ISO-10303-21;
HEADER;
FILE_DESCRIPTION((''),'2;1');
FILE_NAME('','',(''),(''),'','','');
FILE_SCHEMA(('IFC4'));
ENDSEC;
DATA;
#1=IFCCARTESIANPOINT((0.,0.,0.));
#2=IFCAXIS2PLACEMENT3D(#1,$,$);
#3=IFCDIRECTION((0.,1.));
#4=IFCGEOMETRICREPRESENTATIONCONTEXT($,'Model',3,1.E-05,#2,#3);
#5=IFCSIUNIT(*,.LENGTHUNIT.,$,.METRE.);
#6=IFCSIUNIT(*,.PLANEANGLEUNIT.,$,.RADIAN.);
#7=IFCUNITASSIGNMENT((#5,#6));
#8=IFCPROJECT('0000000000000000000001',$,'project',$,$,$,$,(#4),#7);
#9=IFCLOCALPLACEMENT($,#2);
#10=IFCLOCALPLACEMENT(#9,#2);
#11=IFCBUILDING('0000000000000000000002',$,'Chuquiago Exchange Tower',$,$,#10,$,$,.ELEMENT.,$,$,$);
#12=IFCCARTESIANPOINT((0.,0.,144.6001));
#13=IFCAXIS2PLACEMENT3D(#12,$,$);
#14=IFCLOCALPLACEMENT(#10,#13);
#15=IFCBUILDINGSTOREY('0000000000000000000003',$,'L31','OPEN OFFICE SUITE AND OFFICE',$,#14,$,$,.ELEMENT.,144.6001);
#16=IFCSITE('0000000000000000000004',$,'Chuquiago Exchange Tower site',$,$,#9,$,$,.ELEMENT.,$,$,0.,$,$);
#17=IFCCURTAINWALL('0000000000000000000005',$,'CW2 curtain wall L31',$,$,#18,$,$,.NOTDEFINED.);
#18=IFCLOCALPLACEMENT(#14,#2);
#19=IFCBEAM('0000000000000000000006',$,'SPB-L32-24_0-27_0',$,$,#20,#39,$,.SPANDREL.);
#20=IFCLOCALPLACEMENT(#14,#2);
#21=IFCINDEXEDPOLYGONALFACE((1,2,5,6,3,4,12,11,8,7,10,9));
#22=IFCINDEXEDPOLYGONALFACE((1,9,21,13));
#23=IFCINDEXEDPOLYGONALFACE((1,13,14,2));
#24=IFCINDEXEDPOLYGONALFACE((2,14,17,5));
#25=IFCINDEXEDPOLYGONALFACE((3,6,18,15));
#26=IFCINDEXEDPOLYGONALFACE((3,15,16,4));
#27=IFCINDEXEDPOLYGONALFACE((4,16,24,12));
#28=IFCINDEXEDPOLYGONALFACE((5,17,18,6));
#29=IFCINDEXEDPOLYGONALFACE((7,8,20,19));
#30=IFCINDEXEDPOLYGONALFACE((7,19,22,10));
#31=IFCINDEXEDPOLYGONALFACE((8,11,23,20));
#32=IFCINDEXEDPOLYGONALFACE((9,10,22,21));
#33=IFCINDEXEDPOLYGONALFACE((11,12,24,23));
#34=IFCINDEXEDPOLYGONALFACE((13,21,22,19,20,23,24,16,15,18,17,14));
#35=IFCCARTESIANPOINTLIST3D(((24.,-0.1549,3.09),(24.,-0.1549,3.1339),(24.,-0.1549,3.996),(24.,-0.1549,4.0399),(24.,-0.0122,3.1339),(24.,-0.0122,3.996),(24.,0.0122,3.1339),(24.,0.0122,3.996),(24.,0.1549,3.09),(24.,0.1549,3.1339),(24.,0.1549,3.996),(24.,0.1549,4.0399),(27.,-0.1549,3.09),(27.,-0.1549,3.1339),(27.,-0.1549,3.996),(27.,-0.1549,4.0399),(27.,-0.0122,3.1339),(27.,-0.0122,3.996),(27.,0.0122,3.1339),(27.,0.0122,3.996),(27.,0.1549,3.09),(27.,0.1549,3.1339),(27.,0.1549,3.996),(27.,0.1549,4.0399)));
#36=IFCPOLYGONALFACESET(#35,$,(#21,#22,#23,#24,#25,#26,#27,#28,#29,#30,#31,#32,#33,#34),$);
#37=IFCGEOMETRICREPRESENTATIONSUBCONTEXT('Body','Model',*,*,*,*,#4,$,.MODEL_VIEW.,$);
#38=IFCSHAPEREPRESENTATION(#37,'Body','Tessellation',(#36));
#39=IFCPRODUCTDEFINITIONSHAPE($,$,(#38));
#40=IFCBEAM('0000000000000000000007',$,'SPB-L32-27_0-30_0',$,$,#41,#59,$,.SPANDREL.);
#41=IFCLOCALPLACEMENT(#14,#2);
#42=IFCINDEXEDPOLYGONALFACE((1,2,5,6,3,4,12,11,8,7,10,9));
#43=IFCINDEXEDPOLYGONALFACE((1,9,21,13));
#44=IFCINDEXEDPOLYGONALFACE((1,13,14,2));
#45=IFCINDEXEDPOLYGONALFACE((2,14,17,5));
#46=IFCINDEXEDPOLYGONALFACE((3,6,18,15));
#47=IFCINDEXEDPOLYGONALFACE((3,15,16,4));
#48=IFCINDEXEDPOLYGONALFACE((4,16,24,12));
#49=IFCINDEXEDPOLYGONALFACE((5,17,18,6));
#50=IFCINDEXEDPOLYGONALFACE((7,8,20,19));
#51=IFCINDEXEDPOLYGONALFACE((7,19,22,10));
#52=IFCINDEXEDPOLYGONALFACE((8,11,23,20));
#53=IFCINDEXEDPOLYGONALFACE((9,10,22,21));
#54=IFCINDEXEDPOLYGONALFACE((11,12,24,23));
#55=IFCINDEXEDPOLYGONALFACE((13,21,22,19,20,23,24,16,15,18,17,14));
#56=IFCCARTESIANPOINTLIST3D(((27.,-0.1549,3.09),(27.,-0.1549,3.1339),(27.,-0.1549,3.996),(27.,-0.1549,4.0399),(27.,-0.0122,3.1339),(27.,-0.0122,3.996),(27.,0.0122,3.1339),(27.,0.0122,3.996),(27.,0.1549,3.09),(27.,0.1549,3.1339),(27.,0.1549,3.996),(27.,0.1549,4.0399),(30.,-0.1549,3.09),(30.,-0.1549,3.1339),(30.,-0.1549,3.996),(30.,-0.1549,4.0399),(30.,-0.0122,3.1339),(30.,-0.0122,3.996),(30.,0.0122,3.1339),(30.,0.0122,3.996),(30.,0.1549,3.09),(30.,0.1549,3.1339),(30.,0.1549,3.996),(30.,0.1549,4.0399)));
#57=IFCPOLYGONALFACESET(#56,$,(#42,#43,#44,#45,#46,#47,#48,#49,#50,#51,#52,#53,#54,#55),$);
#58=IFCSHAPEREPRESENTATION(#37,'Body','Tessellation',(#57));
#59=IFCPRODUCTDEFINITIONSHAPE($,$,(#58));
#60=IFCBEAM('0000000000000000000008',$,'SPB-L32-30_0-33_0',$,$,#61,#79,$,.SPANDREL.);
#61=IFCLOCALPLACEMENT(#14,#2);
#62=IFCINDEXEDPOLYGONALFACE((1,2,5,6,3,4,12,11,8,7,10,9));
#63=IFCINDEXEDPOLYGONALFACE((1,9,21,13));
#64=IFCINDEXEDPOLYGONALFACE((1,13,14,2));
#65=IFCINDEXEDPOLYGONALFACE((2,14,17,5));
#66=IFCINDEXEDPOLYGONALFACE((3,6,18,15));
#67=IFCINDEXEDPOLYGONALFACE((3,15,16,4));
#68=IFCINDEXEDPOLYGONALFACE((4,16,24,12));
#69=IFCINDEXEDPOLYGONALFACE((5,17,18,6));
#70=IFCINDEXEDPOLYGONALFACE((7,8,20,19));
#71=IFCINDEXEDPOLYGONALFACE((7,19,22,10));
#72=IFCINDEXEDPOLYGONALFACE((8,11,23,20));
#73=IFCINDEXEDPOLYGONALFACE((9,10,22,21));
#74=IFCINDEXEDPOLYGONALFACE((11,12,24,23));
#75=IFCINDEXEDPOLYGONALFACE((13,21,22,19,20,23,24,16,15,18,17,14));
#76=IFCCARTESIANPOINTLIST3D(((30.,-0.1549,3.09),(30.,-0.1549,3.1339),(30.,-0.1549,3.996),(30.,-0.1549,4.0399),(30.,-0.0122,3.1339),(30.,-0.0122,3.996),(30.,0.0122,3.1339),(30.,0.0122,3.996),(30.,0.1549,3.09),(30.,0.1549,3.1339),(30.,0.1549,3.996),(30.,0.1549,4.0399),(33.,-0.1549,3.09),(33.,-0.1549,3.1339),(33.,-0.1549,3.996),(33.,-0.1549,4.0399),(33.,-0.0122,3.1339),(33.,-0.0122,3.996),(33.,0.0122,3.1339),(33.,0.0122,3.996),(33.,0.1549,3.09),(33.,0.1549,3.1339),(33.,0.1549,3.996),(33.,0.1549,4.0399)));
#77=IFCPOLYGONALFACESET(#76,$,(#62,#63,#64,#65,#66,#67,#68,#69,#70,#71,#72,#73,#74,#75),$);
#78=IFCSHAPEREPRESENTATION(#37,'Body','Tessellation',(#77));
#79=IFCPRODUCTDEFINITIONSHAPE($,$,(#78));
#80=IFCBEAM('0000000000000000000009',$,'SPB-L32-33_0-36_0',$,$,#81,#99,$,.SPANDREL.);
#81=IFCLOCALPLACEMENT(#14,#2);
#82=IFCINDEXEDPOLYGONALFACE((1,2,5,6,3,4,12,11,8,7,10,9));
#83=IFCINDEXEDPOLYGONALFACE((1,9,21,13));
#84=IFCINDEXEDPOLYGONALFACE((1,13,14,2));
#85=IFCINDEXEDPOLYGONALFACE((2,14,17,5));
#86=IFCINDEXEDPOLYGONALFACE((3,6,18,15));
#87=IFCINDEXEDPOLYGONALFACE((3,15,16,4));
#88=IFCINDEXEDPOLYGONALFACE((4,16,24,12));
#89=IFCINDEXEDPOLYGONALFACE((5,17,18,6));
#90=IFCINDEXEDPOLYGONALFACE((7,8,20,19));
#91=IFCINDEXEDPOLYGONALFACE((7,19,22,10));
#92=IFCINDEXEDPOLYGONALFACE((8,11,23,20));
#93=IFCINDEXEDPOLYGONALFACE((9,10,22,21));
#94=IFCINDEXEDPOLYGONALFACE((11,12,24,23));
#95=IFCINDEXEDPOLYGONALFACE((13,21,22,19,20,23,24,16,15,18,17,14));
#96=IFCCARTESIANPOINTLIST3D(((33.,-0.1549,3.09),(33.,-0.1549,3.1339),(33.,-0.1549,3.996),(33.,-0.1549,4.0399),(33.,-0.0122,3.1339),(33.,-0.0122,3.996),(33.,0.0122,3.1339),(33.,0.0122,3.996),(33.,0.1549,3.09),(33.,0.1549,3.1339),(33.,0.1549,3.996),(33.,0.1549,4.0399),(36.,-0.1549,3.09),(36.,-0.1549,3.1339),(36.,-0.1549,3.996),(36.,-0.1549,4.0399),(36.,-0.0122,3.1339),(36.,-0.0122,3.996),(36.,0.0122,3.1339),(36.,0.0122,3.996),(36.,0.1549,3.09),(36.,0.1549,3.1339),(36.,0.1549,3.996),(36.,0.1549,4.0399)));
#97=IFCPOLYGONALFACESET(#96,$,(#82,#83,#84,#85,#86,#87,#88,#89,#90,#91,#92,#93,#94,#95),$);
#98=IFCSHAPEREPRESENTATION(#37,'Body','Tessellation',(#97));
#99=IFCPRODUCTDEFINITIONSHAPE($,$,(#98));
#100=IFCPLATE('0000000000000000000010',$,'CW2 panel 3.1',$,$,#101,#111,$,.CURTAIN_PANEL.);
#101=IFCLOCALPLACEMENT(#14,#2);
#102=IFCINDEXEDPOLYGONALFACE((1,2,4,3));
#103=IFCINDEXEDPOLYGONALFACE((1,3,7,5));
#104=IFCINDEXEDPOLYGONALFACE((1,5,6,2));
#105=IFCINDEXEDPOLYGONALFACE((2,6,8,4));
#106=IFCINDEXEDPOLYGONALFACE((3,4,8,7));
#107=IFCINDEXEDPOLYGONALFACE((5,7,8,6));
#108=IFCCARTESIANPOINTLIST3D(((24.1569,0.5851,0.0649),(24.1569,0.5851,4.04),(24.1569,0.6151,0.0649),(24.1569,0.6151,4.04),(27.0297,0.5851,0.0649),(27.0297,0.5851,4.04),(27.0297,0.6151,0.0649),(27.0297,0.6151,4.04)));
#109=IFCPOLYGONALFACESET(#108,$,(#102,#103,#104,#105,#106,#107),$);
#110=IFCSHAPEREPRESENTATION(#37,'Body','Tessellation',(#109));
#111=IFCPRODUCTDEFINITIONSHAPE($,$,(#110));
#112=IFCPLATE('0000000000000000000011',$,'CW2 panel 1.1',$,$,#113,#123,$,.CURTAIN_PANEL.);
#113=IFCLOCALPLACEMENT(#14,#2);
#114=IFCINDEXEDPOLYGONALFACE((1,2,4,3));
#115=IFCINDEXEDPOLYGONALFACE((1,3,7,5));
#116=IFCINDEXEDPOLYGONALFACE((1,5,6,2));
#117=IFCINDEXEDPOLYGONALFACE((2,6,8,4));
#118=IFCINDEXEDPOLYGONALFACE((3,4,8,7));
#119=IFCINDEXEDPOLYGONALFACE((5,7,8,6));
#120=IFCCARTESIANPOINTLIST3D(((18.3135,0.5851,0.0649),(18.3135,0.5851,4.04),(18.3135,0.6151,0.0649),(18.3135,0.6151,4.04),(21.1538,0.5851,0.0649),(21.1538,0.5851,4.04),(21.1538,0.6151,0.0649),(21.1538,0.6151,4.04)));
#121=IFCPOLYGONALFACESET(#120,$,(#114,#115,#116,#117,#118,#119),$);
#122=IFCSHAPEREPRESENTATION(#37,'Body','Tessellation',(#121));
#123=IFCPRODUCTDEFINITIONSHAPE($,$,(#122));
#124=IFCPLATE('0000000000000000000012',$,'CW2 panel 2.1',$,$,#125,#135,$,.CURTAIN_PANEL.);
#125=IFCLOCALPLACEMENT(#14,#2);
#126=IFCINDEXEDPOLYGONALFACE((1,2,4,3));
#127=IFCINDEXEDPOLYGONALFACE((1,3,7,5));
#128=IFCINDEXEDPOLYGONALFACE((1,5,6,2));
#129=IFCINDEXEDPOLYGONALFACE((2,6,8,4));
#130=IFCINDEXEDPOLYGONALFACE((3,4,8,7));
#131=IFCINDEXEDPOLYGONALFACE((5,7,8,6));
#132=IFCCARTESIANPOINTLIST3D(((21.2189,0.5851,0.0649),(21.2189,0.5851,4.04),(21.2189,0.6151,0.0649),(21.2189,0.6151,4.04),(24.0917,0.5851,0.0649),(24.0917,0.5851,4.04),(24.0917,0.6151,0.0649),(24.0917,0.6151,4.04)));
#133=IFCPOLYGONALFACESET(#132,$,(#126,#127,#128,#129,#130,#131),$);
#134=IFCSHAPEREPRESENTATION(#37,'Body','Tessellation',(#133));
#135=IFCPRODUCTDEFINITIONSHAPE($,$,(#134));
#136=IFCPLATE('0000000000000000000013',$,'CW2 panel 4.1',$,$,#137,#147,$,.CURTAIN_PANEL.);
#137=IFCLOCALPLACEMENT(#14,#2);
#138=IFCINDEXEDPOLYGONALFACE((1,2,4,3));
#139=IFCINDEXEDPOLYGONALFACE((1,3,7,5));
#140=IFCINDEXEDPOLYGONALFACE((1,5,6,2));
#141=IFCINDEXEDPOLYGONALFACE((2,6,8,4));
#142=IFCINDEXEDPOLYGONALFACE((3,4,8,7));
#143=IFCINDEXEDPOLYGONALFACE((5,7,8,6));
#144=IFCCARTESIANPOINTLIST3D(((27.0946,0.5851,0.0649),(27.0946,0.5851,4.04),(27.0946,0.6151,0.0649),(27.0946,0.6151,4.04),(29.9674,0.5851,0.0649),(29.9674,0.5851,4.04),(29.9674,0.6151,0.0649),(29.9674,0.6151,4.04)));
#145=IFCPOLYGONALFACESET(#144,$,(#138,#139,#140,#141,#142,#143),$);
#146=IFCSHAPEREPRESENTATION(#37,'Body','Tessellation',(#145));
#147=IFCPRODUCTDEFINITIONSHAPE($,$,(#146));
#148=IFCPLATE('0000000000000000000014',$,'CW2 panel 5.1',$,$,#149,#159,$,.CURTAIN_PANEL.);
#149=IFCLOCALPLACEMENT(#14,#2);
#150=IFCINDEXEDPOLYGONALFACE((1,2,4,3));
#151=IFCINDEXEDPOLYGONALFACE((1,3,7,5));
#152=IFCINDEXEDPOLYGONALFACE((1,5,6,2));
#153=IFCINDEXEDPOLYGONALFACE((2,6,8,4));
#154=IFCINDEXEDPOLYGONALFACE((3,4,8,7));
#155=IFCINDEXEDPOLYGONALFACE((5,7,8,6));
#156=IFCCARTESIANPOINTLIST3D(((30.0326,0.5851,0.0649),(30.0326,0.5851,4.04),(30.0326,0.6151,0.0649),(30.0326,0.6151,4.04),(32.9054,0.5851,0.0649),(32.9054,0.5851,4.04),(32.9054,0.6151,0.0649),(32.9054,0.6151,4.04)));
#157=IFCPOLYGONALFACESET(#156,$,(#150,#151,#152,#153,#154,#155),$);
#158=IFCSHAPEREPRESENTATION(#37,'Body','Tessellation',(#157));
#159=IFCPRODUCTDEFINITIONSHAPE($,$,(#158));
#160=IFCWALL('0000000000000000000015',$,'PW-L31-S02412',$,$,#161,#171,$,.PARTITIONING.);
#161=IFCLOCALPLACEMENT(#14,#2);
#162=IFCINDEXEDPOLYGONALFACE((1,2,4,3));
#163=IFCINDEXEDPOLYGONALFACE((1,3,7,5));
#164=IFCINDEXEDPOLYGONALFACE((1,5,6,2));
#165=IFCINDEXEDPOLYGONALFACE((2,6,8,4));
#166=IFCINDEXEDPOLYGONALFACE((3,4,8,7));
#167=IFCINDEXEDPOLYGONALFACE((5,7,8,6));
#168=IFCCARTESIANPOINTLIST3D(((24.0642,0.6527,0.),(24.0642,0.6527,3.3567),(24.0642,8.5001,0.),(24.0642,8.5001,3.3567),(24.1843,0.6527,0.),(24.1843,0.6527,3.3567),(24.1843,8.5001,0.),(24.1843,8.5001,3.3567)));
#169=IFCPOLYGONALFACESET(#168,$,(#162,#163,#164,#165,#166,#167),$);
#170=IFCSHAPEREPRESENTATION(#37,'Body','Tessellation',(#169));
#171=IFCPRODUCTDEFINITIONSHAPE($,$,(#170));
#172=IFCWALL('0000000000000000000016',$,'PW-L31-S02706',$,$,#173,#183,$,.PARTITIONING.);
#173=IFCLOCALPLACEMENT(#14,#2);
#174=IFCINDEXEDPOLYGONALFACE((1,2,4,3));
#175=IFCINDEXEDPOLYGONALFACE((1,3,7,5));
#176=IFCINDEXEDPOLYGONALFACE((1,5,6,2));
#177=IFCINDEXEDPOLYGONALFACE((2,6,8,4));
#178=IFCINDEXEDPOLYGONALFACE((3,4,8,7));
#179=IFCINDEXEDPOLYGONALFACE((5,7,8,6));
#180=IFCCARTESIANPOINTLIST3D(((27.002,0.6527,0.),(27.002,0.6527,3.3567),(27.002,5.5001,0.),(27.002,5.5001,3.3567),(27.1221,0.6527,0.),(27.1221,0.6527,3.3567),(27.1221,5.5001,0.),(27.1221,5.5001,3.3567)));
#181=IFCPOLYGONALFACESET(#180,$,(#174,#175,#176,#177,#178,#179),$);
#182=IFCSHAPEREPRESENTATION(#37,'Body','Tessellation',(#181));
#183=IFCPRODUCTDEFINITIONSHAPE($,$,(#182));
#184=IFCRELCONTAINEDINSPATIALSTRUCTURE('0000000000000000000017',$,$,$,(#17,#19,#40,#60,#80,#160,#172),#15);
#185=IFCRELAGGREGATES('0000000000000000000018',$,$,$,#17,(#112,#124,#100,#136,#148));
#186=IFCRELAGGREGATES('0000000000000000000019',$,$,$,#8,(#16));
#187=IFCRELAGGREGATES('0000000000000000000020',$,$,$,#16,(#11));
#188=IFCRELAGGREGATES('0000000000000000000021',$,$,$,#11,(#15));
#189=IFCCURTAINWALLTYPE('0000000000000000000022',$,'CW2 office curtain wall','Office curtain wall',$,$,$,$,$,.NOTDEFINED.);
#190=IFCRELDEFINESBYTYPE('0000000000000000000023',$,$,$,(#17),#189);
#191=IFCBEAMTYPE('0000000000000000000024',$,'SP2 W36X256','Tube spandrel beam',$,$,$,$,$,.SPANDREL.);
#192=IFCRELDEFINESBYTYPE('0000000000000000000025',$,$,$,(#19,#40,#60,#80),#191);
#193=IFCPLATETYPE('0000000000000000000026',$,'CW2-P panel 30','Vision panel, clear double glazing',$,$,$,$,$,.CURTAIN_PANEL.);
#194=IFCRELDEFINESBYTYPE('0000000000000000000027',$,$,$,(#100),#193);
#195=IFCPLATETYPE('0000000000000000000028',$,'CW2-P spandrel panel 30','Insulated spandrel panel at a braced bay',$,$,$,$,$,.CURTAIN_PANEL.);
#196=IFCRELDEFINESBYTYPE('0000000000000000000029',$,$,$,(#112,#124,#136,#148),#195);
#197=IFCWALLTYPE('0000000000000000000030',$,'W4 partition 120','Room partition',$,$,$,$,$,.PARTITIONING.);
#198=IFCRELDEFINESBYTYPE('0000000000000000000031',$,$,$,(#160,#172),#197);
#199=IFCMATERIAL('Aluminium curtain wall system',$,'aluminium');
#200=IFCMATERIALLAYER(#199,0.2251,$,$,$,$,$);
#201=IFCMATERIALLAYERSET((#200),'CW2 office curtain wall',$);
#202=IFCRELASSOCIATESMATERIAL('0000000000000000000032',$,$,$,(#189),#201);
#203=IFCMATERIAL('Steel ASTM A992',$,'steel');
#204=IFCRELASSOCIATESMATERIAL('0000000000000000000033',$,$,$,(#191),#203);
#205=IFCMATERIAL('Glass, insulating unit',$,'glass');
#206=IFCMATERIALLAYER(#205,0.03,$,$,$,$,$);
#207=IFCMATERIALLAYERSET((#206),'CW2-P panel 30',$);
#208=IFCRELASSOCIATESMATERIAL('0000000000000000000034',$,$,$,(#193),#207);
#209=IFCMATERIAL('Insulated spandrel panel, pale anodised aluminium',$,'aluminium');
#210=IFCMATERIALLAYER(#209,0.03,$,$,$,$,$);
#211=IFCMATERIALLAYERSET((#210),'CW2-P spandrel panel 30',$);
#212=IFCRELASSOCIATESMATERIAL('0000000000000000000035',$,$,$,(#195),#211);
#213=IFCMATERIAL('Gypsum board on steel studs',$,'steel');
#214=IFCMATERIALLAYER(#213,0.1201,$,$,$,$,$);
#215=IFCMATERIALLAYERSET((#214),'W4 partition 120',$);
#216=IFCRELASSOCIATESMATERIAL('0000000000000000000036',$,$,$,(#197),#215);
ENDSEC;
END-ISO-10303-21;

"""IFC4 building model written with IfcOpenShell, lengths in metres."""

from ifc_helpers import new_model, si_unit, direction, frame, frame_2d, origin, origin_2d, place, context, subcontext, project, spatial, rectangle, i_section, extrude, material, layer, layer_set, material_profile, profile_set, type_object, element, aggregate, save


model = new_model("IFC4")

# Units and contexts
model_context = context("Model", 3, precision=1e-05, world=origin(), true_north=direction((0.0, 1.0)))
body_context = subcontext(model_context, "Body", "Model", "MODEL_VIEW")
ifc_project = project(units=[si_unit("LENGTHUNIT", "METRE"), si_unit("PLANEANGLEUNIT", "RADIAN")], contexts=[model_context])

# Site, building, storey
site_placement = place(None, origin())
site = spatial("IfcSite", under=ifc_project, at=site_placement, Name="Chuquiago Exchange Tower site", CompositionType="ELEMENT", RefElevation=0.0)
building_placement = place(site_placement, origin())
building = spatial("IfcBuilding", under=site, at=building_placement, Name="Chuquiago Exchange Tower", CompositionType="ELEMENT")
storey_placement = place(building_placement, frame((0.0, 0.0, 144.6001)))
storey = spatial("IfcBuildingStorey", under=building, at=storey_placement, Name="L31", Description="OPEN OFFICE SUITE AND OFFICE", CompositionType="ELEMENT", Elevation=144.6001)

# Curtain wall
ifc_material_1 = material(Name="Aluminium curtain wall system", Category="aluminium")
ifc_layer_1 = layer(ifc_material_1, 0.2251)
ifc_layer_set_1 = layer_set([ifc_layer_1], Name="CW2 office curtain wall")
curtain_wall_type_1 = type_object("IfcCurtainWallType", Name="CW2 office curtain wall", Description="Office curtain wall", PredefinedType="NOTDEFINED", material=ifc_layer_set_1)
curtain_wall_1_placement = place(storey_placement, origin())
curtain_wall_1 = element("IfcCurtainWall", 1, at=curtain_wall_1_placement, inside=storey, type_object=curtain_wall_type_1, Name="CW2 curtain wall L31", PredefinedType="NOTDEFINED")

# Beams
ifc_material_2 = material(Name="Steel ASTM A992", Category="steel")
ifc_material_profile_1 = material_profile(ifc_material_2, i_section(OverallWidth=0.3098, OverallDepth=0.95, WebThickness=0.0244, FlangeThickness=0.0439, at=origin_2d()), Name="W36X256")
ifc_profile_set_1 = profile_set([ifc_material_profile_1], Name="Steel ASTM A992")
beam_type = type_object("IfcBeamType", Name="SP2 W36X256", Description="Tube spandrel beam", PredefinedType="SPANDREL", material=ifc_profile_set_1)
for number, where, z_axis, x_axis, name in (
    (2, (24.0, 0.0, 3.5649), (1.0, 0.0, 0.0), (0.0, 1.0, 0.0), "SPB-L32-24_0-27_0"),
    (3, (27.0, 0.0, 3.5649), (1.0, 0.0, 0.0), (0.0, 1.0, 0.0), "SPB-L32-27_0-30_0"),
    (4, (30.0, 0.0, 3.5649), (1.0, 0.0, 0.0), (0.0, 1.0, 0.0), "SPB-L32-30_0-33_0"),
    (5, (33.0, 0.0, 3.5649), (1.0, 0.0, 0.0), (0.0, 1.0, 0.0), "SPB-L32-33_0-36_0"),
):
    element("IfcBeam", number, at=place(storey_placement, frame(where, z_axis=z_axis, x_axis=x_axis)), inside=storey, type_object=beam_type, Name=name, PredefinedType="SPANDREL", context=body_context, shape_type="SweptSolid", body=[
        extrude(i_section(OverallWidth=0.3098, OverallDepth=0.95, WebThickness=0.0244, FlangeThickness=0.0439, at=origin_2d()), origin(), (0.0, 0.0, 1.0), 3.0),
    ])

# Plates
ifc_material_3 = material(Name="Glass, insulating unit", Category="glass")
ifc_layer_2 = layer(ifc_material_3, 0.03)
ifc_layer_set_2 = layer_set([ifc_layer_2], Name="CW2-P panel 30")
plate_type_1 = type_object("IfcPlateType", Name="CW2-P panel 30", Description="Vision panel, clear double glazing", PredefinedType="CURTAIN_PANEL", material=ifc_layer_set_2)
plate_1_placement = place(storey_placement, frame((25.5933, 0.6001, 0.0649), z_axis=(0.0, 0.0, 1.0), x_axis=(1.0, 0.0, 0.0)))
plate_1 = element("IfcPlate", 6, at=plate_1_placement, type_object=plate_type_1, Name="CW2 panel 3.1", PredefinedType="CURTAIN_PANEL", context=body_context, shape_type="SweptSolid", body=[
    extrude(rectangle(XDim=2.8728, YDim=0.03, at=origin_2d()), origin(), (0.0, 0.0, 1.0), 3.9751),
])
ifc_material_4 = material(Name="Insulated spandrel panel, pale anodised aluminium", Category="aluminium")
ifc_layer_3 = layer(ifc_material_4, 0.03)
ifc_layer_set_3 = layer_set([ifc_layer_3], Name="CW2-P spandrel panel 30")
plate_type_2 = type_object("IfcPlateType", Name="CW2-P spandrel panel 30", Description="Insulated spandrel panel at a braced bay", PredefinedType="CURTAIN_PANEL", material=ifc_layer_set_3)
plate_2_placement = place(storey_placement, frame((19.7336, 0.6001, 0.0649), z_axis=(0.0, 0.0, 1.0), x_axis=(1.0, 0.0, 0.0)))
plate_2 = element("IfcPlate", 7, at=plate_2_placement, type_object=plate_type_2, Name="CW2 panel 1.1", PredefinedType="CURTAIN_PANEL", context=body_context, shape_type="SweptSolid", body=[
    extrude(rectangle(XDim=2.8403, YDim=0.03, at=origin_2d()), origin(), (0.0, 0.0, 1.0), 3.9751),
])
plate_3_placement = place(storey_placement, frame((22.6553, 0.6001, 0.0649), z_axis=(0.0, 0.0, 1.0), x_axis=(1.0, 0.0, 0.0)))
plate_3 = element("IfcPlate", 8, at=plate_3_placement, type_object=plate_type_2, Name="CW2 panel 2.1", PredefinedType="CURTAIN_PANEL", context=body_context, shape_type="SweptSolid", body=[
    extrude(rectangle(XDim=2.8728, YDim=0.03, at=origin_2d()), origin(), (0.0, 0.0, 1.0), 3.9751),
])
plate_4_placement = place(storey_placement, frame((28.531, 0.6001, 0.0649), z_axis=(0.0, 0.0, 1.0), x_axis=(1.0, 0.0, 0.0)))
plate_4 = element("IfcPlate", 9, at=plate_4_placement, type_object=plate_type_2, Name="CW2 panel 4.1", PredefinedType="CURTAIN_PANEL", context=body_context, shape_type="SweptSolid", body=[
    extrude(rectangle(XDim=2.8728, YDim=0.03, at=origin_2d()), origin(), (0.0, 0.0, 1.0), 3.9751),
])
plate_5_placement = place(storey_placement, frame((31.469, 0.6001, 0.0649), z_axis=(0.0, 0.0, 1.0), x_axis=(1.0, 0.0, 0.0)))
plate_5 = element("IfcPlate", 10, at=plate_5_placement, type_object=plate_type_2, Name="CW2 panel 5.1", PredefinedType="CURTAIN_PANEL", context=body_context, shape_type="SweptSolid", body=[
    extrude(rectangle(XDim=2.8728, YDim=0.03, at=origin_2d()), origin(), (0.0, 0.0, 1.0), 3.9751),
])
aggregate(curtain_wall_1, [plate_2, plate_3, plate_1, plate_4, plate_5])

# Walls
ifc_material_5 = material(Name="Gypsum board on steel studs", Category="steel")
ifc_layer_4 = layer(ifc_material_5, 0.1201)
ifc_layer_set_4 = layer_set([ifc_layer_4], Name="W4 partition 120")
wall_type = type_object("IfcWallType", Name="W4 partition 120", Description="Room partition", PredefinedType="PARTITIONING", material=ifc_layer_set_4)
wall_1_placement = place(storey_placement, frame((24.1243, 0.6526, 0.0), z_axis=(0.0, 0.0, 1.0), x_axis=(0.0, 1.0, 0.0)))
element("IfcWall", 11, at=wall_1_placement, inside=storey, type_object=wall_type, Name="PW-L31-S02412", PredefinedType="PARTITIONING", context=body_context, shape_type="SweptSolid", body=[
    extrude(rectangle(XDim=7.8474, YDim=0.1201, at=frame_2d((3.9238, 0.0))), origin(), (0.0, 0.0, 1.0), 3.3567),
])
wall_2_placement = place(storey_placement, frame((27.062, 0.6526, 0.0), z_axis=(0.0, 0.0, 1.0), x_axis=(0.0, 1.0, 0.0)))
element("IfcWall", 12, at=wall_2_placement, inside=storey, type_object=wall_type, Name="PW-L31-S02706", PredefinedType="PARTITIONING", context=body_context, shape_type="SweptSolid", body=[
    extrude(rectangle(XDim=4.8474, YDim=0.1201, at=frame_2d((2.4238, 0.0))), origin(), (0.0, 0.0, 1.0), 3.3567),
])

save(model, "model.ifc")
